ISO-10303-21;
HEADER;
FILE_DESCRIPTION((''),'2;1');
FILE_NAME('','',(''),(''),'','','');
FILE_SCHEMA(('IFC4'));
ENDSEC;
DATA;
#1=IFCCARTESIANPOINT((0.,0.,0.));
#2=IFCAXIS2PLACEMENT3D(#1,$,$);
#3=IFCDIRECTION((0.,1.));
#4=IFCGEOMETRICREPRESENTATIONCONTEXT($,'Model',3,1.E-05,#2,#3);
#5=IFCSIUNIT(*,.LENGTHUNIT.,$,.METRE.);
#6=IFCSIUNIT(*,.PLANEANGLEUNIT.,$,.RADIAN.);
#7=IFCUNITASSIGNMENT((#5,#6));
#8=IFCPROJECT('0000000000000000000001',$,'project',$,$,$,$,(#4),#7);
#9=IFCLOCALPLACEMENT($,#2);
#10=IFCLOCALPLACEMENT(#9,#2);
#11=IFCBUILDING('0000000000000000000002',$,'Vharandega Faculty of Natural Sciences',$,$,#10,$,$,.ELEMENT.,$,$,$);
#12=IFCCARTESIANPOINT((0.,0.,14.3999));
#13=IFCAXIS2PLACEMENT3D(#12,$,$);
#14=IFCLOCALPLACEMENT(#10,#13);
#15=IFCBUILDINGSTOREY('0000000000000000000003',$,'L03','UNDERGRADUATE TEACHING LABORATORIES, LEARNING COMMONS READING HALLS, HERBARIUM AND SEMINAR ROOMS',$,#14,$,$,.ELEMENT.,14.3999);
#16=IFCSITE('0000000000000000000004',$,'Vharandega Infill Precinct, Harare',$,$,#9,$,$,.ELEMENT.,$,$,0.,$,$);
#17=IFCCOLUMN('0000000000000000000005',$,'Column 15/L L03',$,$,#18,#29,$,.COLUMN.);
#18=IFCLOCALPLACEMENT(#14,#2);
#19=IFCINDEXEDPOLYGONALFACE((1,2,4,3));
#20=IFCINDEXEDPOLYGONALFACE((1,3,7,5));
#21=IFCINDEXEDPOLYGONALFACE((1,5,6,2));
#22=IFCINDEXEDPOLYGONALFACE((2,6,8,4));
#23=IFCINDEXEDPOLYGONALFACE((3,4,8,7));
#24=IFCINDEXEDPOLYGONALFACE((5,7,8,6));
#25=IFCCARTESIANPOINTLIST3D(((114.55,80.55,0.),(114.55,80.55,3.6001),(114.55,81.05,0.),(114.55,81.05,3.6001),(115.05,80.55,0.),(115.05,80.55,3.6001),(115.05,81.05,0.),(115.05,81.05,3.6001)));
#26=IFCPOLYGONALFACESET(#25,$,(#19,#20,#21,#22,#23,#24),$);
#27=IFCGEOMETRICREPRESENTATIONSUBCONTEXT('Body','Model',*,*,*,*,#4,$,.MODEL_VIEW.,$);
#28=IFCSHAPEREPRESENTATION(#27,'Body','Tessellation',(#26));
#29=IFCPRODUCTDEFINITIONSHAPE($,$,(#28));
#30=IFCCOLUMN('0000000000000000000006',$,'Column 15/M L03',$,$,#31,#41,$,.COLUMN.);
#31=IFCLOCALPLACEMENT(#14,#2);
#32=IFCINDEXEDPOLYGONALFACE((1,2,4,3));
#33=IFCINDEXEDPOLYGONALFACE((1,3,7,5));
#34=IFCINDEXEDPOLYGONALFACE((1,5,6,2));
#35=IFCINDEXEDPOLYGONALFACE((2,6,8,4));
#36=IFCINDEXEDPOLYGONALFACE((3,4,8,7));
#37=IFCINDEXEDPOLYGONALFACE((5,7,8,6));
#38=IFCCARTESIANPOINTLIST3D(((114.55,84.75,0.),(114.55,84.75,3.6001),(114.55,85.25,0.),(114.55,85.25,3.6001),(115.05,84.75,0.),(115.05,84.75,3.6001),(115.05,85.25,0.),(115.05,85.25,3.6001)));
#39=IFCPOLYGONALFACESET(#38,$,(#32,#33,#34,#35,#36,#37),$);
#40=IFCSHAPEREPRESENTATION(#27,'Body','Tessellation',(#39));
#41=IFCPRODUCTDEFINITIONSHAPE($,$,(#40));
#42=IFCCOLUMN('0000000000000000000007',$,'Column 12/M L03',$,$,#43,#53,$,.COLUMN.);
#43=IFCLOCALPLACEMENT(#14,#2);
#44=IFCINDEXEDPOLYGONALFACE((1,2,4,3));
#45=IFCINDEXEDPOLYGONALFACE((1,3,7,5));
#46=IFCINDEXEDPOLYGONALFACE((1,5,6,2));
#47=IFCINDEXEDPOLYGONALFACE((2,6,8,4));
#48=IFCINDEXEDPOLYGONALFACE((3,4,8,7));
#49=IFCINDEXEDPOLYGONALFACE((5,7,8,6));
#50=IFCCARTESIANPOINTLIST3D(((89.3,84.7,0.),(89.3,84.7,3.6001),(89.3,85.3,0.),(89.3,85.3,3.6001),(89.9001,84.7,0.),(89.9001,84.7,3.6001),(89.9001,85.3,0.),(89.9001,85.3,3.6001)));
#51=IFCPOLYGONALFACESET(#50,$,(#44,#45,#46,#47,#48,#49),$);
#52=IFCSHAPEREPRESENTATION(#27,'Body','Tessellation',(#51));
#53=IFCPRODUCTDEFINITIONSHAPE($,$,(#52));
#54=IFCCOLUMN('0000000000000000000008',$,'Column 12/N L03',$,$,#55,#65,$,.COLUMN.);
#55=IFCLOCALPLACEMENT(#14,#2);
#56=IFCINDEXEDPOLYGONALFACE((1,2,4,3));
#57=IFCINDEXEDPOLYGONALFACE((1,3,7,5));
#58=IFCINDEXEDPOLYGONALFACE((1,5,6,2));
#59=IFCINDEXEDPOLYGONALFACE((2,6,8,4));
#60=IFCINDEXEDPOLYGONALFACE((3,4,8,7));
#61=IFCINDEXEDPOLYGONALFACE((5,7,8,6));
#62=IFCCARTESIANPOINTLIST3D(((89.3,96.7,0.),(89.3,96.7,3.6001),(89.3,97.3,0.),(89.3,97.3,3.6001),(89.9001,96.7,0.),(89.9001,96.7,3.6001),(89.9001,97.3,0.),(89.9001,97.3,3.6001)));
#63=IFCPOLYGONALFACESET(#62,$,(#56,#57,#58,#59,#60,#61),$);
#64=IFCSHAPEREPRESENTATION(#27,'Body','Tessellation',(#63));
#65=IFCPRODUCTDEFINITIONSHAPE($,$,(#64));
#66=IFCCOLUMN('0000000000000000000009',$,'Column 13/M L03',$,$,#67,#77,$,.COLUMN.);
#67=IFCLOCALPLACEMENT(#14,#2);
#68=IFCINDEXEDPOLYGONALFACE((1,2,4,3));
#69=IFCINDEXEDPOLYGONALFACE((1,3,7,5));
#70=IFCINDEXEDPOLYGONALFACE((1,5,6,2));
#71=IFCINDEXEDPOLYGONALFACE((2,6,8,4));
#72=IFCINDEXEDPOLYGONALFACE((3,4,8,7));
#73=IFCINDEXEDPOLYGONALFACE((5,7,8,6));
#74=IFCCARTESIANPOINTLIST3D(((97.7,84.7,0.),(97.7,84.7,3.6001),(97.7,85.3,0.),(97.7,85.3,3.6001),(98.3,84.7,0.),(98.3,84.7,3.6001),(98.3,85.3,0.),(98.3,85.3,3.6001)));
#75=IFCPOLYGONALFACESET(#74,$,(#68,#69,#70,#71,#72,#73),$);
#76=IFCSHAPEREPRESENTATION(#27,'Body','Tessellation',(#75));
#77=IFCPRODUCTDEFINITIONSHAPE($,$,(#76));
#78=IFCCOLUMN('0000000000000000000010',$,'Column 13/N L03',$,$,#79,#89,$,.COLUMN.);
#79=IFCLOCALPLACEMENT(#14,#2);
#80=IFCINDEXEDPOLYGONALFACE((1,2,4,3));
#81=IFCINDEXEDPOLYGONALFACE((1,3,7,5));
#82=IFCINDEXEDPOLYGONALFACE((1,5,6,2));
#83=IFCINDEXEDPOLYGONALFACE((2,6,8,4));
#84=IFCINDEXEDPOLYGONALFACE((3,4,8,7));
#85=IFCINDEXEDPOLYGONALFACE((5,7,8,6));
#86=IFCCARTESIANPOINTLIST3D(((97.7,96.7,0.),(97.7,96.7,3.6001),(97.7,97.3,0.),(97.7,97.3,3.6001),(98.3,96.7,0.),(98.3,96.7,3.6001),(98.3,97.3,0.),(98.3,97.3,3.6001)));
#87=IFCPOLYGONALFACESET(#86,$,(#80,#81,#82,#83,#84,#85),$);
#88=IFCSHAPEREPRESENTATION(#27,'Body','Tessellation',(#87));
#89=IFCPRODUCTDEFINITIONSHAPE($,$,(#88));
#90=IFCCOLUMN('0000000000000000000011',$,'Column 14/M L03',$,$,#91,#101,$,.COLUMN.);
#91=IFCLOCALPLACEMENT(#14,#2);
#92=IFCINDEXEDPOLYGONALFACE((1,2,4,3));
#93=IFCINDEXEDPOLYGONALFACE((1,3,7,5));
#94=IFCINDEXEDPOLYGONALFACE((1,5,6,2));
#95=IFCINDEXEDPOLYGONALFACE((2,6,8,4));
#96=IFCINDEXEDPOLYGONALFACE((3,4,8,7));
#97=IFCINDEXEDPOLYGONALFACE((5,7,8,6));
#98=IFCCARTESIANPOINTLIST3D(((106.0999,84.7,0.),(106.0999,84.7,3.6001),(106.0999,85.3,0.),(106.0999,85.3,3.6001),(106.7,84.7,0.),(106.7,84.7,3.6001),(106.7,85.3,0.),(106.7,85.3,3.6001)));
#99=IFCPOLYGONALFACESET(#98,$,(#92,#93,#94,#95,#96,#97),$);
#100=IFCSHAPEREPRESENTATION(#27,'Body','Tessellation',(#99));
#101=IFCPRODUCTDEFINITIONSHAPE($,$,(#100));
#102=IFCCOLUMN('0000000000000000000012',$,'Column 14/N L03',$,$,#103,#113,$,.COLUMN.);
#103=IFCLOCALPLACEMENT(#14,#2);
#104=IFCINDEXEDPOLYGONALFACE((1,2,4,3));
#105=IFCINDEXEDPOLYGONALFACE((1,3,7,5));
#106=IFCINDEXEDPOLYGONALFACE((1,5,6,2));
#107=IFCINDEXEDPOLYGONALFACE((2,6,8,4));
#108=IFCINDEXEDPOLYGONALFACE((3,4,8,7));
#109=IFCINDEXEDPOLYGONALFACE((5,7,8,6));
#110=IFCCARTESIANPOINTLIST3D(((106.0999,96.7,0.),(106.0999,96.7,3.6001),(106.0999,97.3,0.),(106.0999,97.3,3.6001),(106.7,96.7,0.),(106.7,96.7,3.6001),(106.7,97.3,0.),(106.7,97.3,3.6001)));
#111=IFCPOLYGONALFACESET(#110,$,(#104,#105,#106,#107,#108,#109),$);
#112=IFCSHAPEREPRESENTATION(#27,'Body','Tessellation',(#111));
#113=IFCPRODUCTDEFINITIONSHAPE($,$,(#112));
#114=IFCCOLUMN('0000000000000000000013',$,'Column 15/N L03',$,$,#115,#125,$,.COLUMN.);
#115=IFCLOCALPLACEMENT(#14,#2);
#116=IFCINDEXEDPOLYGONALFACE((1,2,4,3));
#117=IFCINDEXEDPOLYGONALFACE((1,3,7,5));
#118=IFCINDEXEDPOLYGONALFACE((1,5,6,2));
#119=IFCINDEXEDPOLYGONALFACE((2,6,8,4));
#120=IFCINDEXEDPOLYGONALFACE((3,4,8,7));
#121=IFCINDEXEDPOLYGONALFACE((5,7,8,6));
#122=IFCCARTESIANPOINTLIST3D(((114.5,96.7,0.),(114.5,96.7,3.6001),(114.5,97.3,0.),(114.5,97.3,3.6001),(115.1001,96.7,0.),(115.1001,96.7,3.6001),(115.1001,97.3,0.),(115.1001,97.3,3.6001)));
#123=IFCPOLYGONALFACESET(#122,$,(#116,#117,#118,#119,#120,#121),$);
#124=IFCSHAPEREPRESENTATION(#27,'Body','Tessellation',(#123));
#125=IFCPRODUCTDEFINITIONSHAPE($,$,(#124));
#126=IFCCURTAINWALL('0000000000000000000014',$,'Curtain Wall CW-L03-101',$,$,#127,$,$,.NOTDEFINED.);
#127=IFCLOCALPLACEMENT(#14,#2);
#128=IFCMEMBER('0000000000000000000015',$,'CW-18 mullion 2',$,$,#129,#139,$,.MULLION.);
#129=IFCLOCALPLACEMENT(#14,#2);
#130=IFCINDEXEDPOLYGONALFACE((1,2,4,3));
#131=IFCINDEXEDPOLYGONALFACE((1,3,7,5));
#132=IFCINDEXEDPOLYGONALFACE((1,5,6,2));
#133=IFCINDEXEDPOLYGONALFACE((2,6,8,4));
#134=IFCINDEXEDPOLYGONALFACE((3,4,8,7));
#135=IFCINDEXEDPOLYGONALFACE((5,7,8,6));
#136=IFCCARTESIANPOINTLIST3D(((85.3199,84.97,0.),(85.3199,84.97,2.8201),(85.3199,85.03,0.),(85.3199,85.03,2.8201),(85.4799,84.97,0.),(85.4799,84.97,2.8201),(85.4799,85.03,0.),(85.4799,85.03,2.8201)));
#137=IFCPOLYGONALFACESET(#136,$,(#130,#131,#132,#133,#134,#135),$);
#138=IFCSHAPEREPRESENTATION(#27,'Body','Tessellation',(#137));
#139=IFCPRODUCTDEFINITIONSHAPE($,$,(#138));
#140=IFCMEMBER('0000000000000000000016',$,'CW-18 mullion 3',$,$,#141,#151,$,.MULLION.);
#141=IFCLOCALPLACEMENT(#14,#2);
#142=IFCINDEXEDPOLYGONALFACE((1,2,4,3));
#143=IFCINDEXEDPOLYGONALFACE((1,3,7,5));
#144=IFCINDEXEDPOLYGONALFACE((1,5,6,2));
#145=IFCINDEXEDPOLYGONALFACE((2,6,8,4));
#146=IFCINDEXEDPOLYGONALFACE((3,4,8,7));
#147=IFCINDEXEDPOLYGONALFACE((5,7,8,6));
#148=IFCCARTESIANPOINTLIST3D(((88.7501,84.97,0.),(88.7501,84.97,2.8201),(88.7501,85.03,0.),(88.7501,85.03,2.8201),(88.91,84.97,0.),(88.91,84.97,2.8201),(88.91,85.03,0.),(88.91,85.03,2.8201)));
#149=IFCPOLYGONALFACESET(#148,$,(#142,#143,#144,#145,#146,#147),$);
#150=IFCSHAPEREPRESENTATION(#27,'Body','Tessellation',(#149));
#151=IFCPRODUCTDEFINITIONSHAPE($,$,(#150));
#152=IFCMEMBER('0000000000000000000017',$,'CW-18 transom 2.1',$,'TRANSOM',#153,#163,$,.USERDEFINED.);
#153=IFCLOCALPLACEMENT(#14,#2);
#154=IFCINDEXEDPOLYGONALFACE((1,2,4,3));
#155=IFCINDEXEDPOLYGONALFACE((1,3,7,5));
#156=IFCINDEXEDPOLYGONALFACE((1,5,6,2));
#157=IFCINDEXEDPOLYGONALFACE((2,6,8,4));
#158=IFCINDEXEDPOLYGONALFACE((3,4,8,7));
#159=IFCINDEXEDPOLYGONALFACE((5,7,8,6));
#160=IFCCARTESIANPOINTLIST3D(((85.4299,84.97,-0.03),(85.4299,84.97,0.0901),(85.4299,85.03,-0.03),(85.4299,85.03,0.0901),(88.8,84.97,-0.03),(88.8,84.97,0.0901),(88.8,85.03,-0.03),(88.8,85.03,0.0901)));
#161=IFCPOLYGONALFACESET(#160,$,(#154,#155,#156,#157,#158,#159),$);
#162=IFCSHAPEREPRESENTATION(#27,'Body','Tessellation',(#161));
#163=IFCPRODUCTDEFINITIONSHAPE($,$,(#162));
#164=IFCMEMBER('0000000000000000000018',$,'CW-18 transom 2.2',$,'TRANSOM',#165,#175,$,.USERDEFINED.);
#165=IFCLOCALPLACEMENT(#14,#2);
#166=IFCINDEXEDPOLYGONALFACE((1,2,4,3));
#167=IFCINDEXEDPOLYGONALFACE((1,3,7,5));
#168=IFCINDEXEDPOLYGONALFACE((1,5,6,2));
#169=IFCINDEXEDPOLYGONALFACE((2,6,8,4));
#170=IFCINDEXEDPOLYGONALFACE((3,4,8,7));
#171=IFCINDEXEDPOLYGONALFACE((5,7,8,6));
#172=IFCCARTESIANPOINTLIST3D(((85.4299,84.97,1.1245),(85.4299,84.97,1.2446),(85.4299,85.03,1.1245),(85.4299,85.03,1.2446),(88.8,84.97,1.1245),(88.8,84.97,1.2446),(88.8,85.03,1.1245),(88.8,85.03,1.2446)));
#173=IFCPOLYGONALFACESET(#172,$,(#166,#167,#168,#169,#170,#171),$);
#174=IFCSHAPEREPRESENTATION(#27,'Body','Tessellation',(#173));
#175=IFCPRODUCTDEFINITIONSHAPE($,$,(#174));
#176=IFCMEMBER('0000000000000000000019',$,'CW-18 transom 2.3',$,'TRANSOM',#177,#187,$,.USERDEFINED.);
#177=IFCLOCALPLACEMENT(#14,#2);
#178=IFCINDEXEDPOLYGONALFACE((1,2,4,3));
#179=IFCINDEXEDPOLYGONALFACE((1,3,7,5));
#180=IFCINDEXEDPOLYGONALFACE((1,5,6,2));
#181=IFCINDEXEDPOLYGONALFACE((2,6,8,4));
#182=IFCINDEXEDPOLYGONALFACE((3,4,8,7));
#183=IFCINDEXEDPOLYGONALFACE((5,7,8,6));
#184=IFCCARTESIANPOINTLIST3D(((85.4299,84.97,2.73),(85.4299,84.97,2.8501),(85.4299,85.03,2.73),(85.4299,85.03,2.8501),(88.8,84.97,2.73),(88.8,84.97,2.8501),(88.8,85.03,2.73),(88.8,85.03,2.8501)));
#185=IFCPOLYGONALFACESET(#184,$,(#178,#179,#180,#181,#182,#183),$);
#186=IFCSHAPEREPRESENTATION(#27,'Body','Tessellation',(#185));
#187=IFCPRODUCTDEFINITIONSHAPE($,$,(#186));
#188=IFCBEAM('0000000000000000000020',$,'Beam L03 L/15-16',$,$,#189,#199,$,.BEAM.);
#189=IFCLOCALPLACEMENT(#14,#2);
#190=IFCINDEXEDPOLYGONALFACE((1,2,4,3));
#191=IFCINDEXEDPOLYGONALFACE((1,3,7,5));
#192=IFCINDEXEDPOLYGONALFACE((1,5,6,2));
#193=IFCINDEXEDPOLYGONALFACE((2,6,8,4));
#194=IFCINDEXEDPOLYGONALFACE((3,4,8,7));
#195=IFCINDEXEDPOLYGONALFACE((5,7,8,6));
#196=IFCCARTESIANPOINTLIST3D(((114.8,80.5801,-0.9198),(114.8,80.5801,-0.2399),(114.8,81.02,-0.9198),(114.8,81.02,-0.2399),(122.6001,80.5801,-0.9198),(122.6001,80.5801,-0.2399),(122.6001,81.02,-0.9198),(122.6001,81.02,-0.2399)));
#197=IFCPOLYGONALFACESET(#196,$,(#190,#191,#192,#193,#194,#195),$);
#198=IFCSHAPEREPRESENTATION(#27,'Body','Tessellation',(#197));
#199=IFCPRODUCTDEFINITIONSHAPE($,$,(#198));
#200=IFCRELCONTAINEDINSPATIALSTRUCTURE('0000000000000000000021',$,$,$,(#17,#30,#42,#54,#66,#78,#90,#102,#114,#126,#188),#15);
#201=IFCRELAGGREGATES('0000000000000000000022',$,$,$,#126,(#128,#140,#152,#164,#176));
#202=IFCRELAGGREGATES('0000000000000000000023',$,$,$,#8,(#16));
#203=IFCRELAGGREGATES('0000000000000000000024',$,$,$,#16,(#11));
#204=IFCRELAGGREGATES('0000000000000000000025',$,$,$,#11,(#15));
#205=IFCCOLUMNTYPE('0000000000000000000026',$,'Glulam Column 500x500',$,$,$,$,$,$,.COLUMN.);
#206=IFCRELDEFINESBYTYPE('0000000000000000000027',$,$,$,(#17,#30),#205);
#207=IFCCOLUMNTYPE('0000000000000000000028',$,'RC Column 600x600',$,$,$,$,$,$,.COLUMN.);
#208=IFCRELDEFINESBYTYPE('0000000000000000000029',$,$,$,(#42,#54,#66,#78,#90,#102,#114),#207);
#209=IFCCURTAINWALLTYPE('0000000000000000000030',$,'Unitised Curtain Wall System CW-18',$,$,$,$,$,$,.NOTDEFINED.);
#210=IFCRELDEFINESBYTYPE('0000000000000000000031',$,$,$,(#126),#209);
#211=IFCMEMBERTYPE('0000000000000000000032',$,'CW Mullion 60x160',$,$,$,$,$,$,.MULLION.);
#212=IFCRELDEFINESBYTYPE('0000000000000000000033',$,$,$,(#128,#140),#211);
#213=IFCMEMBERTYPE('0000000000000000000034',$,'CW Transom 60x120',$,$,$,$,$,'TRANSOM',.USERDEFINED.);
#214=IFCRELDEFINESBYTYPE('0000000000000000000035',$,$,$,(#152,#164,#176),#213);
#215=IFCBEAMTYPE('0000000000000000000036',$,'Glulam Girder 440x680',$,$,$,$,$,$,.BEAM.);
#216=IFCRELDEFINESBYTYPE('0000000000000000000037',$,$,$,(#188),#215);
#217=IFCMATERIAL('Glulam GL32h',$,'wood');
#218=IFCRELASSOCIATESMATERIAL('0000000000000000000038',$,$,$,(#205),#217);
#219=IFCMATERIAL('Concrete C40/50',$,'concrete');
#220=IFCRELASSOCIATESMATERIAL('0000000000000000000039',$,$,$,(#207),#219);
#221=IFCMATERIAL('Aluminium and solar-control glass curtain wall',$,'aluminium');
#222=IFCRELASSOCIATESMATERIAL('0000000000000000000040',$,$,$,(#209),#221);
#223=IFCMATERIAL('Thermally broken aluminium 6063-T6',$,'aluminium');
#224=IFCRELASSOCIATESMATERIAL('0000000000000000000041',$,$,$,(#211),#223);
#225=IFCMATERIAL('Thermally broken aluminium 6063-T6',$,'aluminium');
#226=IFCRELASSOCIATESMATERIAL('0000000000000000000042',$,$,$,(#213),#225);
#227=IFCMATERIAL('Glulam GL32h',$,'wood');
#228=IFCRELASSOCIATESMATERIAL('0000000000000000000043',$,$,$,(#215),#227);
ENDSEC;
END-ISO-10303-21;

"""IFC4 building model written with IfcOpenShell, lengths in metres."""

from ifc_helpers import new_model, si_unit, direction, frame, origin, origin_2d, place, context, subcontext, project, spatial, rectangle, extrude, material, material_profile, profile_set, type_object, element, aggregate, save


model = new_model("IFC4")

# Units and contexts
model_context = context("Model", 3, precision=1e-05, world=origin(), true_north=direction((0.0, 1.0)))
body_context = subcontext(model_context, "Body", "Model", "MODEL_VIEW")
ifc_project = project(units=[si_unit("LENGTHUNIT", "METRE"), si_unit("PLANEANGLEUNIT", "RADIAN")], contexts=[model_context])

# Site, building, storey
site_placement = place(None, origin())
site = spatial("IfcSite", under=ifc_project, at=site_placement, Name="Vharandega Infill Precinct, Harare", CompositionType="ELEMENT", RefElevation=0.0)
building_placement = place(site_placement, origin())
building = spatial("IfcBuilding", under=site, at=building_placement, Name="Vharandega Faculty of Natural Sciences", CompositionType="ELEMENT")
storey_placement = place(building_placement, frame((0.0, 0.0, 14.3999)))
storey = spatial("IfcBuildingStorey", under=building, at=storey_placement, Name="L03", Description="UNDERGRADUATE TEACHING LABORATORIES, LEARNING COMMONS READING HALLS, HERBARIUM AND SEMINAR ROOMS", CompositionType="ELEMENT", Elevation=14.3999)

# Columns
ifc_material_1 = material(Name="Glulam GL32h", Category="wood")
ifc_material_profile_1 = material_profile(ifc_material_1, rectangle(XDim=0.5, YDim=0.5, at=origin_2d()), Name="GL32h 500x500")
ifc_profile_set_1 = profile_set([ifc_material_profile_1], Name="Glulam GL32h")
column_type_1 = type_object("IfcColumnType", Name="Glulam Column 500x500", PredefinedType="COLUMN", material=ifc_profile_set_1)
for number, where, z_axis, x_axis, name in (
    (1, (114.8, 80.8, 0.0), (0.0, 0.0, 1.0), (1.0, 0.0, 0.0), "Column 15/L L03"),
    (2, (114.8, 85.0, 0.0), (0.0, 0.0, 1.0), (1.0, 0.0, 0.0), "Column 15/M L03"),
):
    element("IfcColumn", number, at=place(storey_placement, frame(where, z_axis=z_axis, x_axis=x_axis)), inside=storey, type_object=column_type_1, Name=name, PredefinedType="COLUMN", context=body_context, shape_type="SweptSolid", body=[
        extrude(rectangle(XDim=0.5, YDim=0.5, at=origin_2d()), origin(), (0.0, 0.0, 1.0), 3.6001),
    ])
ifc_material_2 = material(Name="Concrete C40/50", Category="concrete")
ifc_material_profile_2 = material_profile(ifc_material_2, rectangle(XDim=0.6001, YDim=0.6001, at=origin_2d()), Name="RC 600x600")
ifc_profile_set_2 = profile_set([ifc_material_profile_2], Name="Concrete C40/50")
column_type_2 = type_object("IfcColumnType", Name="RC Column 600x600", PredefinedType="COLUMN", material=ifc_profile_set_2)
for number, where, z_axis, x_axis, name in (
    (3, (89.6001, 85.0, 0.0), (0.0, 0.0, 1.0), (1.0, 0.0, 0.0), "Column 12/M L03"),
    (4, (89.6001, 97.0, 0.0), (0.0, 0.0, 1.0), (1.0, 0.0, 0.0), "Column 12/N L03"),
    (5, (98.0, 85.0, 0.0), (0.0, 0.0, 1.0), (1.0, 0.0, 0.0), "Column 13/M L03"),
    (6, (98.0, 97.0, 0.0), (0.0, 0.0, 1.0), (1.0, 0.0, 0.0), "Column 13/N L03"),
    (7, (106.3999, 85.0, 0.0), (0.0, 0.0, 1.0), (1.0, 0.0, 0.0), "Column 14/M L03"),
    (8, (106.3999, 97.0, 0.0), (0.0, 0.0, 1.0), (1.0, 0.0, 0.0), "Column 14/N L03"),
    (9, (114.8, 97.0, 0.0), (0.0, 0.0, 1.0), (1.0, 0.0, 0.0), "Column 15/N L03"),
):
    element("IfcColumn", number, at=place(storey_placement, frame(where, z_axis=z_axis, x_axis=x_axis)), inside=storey, type_object=column_type_2, Name=name, PredefinedType="COLUMN", context=body_context, shape_type="SweptSolid", body=[
        extrude(rectangle(XDim=0.6001, YDim=0.6001, at=origin_2d()), origin(), (0.0, 0.0, 1.0), 3.6001),
    ])

# Curtain wall, members
ifc_material_3 = material(Name="Aluminium and solar-control glass curtain wall", Category="aluminium")
curtain_wall_type = type_object("IfcCurtainWallType", Name="Unitised Curtain Wall System CW-18", PredefinedType="NOTDEFINED", material=ifc_material_3)
curtain_wall_placement = place(storey_placement, origin())
curtain_wall = element("IfcCurtainWall", 10, at=curtain_wall_placement, inside=storey, type_object=curtain_wall_type, Name="Curtain Wall CW-L03-101", PredefinedType="NOTDEFINED")
ifc_material_4 = material(Name="Thermally broken aluminium 6063-T6", Category="aluminium")
ifc_material_profile_3 = material_profile(ifc_material_4, rectangle(XDim=0.0601, YDim=0.1599, at=origin_2d()), Name="ALU 60x160")
ifc_profile_set_3 = profile_set([ifc_material_profile_3], Name="Thermally broken aluminium 6063-T6")
member_type_1 = type_object("IfcMemberType", Name="CW Mullion 60x160", PredefinedType="MULLION", material=ifc_profile_set_3)
member_1_placement = place(storey_placement, frame((85.3999, 85.0, 0.0), z_axis=(0.0, 0.0, 1.0), x_axis=(0.0, 1.0, 0.0)))
member_1 = element("IfcMember", 11, at=member_1_placement, type_object=member_type_1, Name="CW-18 mullion 2", PredefinedType="MULLION", context=body_context, shape_type="SweptSolid", body=[
    extrude(rectangle(XDim=0.0601, YDim=0.1599, at=origin_2d()), origin(), (0.0, 0.0, 1.0), 2.8201),
])
member_2_placement = place(storey_placement, frame((88.8301, 85.0, 0.0), z_axis=(0.0, 0.0, 1.0), x_axis=(0.0, 1.0, 0.0)))
member_2 = element("IfcMember", 12, at=member_2_placement, type_object=member_type_1, Name="CW-18 mullion 3", PredefinedType="MULLION", context=body_context, shape_type="SweptSolid", body=[
    extrude(rectangle(XDim=0.0601, YDim=0.1599, at=origin_2d()), origin(), (0.0, 0.0, 1.0), 2.8201),
])
ifc_material_5 = material(Name="Thermally broken aluminium 6063-T6", Category="aluminium")
ifc_material_profile_4 = material_profile(ifc_material_5, rectangle(XDim=0.0601, YDim=0.1201, at=origin_2d()), Name="ALU 60x120")
ifc_profile_set_4 = profile_set([ifc_material_profile_4], Name="Thermally broken aluminium 6063-T6")
member_type_2 = type_object("IfcMemberType", Name="CW Transom 60x120", ElementType="TRANSOM", PredefinedType="USERDEFINED", material=ifc_profile_set_4)
member_3_placement = place(storey_placement, frame((85.4299, 85.0, 0.03), z_axis=(1.0, 0.0, 0.0), x_axis=(0.0, 1.0, 0.0)))
member_3 = element("IfcMember", 13, at=member_3_placement, type_object=member_type_2, Name="CW-18 transom 2.1", ObjectType="TRANSOM", PredefinedType="USERDEFINED", context=body_context, shape_type="SweptSolid", body=[
    extrude(rectangle(XDim=0.0601, YDim=0.1201, at=origin_2d()), origin(), (0.0, 0.0, 1.0), 3.3701),
])
member_4_placement = place(storey_placement, frame((85.4299, 85.0, 1.1846), z_axis=(1.0, 0.0, 0.0), x_axis=(0.0, 1.0, 0.0)))
member_4 = element("IfcMember", 14, at=member_4_placement, type_object=member_type_2, Name="CW-18 transom 2.2", ObjectType="TRANSOM", PredefinedType="USERDEFINED", context=body_context, shape_type="SweptSolid", body=[
    extrude(rectangle(XDim=0.0601, YDim=0.1201, at=origin_2d()), origin(), (0.0, 0.0, 1.0), 3.3701),
])
member_5_placement = place(storey_placement, frame((85.4299, 85.0, 2.79), z_axis=(1.0, 0.0, 0.0), x_axis=(0.0, 1.0, 0.0)))
member_5 = element("IfcMember", 15, at=member_5_placement, type_object=member_type_2, Name="CW-18 transom 2.3", ObjectType="TRANSOM", PredefinedType="USERDEFINED", context=body_context, shape_type="SweptSolid", body=[
    extrude(rectangle(XDim=0.0601, YDim=0.1201, at=origin_2d()), origin(), (0.0, 0.0, 1.0), 3.3701),
])

# Beam
ifc_material_6 = material(Name="Glulam GL32h", Category="wood")
ifc_material_profile_5 = material_profile(ifc_material_6, rectangle(XDim=0.4399, YDim=0.6799, at=origin_2d()), Name="GL32h 440x680")
ifc_profile_set_5 = profile_set([ifc_material_profile_5], Name="Glulam GL32h")
beam_type_1 = type_object("IfcBeamType", Name="Glulam Girder 440x680", PredefinedType="BEAM", material=ifc_profile_set_5)
beam_1_placement = place(storey_placement, frame((114.8, 80.8, -0.5798), z_axis=(1.0, 0.0, 0.0), x_axis=(0.0, 1.0, 0.0)))
element("IfcBeam", 16, at=beam_1_placement, inside=storey, type_object=beam_type_1, Name="Beam L03 L/15-16", PredefinedType="BEAM", context=body_context, shape_type="SweptSolid", body=[
    extrude(rectangle(XDim=0.4399, YDim=0.6799, at=origin_2d()), origin(), (0.0, 0.0, 1.0), 7.8),
])

aggregate(curtain_wall, [member_1, member_2, member_3, member_4, member_5])

save(model, "model.ifc")
